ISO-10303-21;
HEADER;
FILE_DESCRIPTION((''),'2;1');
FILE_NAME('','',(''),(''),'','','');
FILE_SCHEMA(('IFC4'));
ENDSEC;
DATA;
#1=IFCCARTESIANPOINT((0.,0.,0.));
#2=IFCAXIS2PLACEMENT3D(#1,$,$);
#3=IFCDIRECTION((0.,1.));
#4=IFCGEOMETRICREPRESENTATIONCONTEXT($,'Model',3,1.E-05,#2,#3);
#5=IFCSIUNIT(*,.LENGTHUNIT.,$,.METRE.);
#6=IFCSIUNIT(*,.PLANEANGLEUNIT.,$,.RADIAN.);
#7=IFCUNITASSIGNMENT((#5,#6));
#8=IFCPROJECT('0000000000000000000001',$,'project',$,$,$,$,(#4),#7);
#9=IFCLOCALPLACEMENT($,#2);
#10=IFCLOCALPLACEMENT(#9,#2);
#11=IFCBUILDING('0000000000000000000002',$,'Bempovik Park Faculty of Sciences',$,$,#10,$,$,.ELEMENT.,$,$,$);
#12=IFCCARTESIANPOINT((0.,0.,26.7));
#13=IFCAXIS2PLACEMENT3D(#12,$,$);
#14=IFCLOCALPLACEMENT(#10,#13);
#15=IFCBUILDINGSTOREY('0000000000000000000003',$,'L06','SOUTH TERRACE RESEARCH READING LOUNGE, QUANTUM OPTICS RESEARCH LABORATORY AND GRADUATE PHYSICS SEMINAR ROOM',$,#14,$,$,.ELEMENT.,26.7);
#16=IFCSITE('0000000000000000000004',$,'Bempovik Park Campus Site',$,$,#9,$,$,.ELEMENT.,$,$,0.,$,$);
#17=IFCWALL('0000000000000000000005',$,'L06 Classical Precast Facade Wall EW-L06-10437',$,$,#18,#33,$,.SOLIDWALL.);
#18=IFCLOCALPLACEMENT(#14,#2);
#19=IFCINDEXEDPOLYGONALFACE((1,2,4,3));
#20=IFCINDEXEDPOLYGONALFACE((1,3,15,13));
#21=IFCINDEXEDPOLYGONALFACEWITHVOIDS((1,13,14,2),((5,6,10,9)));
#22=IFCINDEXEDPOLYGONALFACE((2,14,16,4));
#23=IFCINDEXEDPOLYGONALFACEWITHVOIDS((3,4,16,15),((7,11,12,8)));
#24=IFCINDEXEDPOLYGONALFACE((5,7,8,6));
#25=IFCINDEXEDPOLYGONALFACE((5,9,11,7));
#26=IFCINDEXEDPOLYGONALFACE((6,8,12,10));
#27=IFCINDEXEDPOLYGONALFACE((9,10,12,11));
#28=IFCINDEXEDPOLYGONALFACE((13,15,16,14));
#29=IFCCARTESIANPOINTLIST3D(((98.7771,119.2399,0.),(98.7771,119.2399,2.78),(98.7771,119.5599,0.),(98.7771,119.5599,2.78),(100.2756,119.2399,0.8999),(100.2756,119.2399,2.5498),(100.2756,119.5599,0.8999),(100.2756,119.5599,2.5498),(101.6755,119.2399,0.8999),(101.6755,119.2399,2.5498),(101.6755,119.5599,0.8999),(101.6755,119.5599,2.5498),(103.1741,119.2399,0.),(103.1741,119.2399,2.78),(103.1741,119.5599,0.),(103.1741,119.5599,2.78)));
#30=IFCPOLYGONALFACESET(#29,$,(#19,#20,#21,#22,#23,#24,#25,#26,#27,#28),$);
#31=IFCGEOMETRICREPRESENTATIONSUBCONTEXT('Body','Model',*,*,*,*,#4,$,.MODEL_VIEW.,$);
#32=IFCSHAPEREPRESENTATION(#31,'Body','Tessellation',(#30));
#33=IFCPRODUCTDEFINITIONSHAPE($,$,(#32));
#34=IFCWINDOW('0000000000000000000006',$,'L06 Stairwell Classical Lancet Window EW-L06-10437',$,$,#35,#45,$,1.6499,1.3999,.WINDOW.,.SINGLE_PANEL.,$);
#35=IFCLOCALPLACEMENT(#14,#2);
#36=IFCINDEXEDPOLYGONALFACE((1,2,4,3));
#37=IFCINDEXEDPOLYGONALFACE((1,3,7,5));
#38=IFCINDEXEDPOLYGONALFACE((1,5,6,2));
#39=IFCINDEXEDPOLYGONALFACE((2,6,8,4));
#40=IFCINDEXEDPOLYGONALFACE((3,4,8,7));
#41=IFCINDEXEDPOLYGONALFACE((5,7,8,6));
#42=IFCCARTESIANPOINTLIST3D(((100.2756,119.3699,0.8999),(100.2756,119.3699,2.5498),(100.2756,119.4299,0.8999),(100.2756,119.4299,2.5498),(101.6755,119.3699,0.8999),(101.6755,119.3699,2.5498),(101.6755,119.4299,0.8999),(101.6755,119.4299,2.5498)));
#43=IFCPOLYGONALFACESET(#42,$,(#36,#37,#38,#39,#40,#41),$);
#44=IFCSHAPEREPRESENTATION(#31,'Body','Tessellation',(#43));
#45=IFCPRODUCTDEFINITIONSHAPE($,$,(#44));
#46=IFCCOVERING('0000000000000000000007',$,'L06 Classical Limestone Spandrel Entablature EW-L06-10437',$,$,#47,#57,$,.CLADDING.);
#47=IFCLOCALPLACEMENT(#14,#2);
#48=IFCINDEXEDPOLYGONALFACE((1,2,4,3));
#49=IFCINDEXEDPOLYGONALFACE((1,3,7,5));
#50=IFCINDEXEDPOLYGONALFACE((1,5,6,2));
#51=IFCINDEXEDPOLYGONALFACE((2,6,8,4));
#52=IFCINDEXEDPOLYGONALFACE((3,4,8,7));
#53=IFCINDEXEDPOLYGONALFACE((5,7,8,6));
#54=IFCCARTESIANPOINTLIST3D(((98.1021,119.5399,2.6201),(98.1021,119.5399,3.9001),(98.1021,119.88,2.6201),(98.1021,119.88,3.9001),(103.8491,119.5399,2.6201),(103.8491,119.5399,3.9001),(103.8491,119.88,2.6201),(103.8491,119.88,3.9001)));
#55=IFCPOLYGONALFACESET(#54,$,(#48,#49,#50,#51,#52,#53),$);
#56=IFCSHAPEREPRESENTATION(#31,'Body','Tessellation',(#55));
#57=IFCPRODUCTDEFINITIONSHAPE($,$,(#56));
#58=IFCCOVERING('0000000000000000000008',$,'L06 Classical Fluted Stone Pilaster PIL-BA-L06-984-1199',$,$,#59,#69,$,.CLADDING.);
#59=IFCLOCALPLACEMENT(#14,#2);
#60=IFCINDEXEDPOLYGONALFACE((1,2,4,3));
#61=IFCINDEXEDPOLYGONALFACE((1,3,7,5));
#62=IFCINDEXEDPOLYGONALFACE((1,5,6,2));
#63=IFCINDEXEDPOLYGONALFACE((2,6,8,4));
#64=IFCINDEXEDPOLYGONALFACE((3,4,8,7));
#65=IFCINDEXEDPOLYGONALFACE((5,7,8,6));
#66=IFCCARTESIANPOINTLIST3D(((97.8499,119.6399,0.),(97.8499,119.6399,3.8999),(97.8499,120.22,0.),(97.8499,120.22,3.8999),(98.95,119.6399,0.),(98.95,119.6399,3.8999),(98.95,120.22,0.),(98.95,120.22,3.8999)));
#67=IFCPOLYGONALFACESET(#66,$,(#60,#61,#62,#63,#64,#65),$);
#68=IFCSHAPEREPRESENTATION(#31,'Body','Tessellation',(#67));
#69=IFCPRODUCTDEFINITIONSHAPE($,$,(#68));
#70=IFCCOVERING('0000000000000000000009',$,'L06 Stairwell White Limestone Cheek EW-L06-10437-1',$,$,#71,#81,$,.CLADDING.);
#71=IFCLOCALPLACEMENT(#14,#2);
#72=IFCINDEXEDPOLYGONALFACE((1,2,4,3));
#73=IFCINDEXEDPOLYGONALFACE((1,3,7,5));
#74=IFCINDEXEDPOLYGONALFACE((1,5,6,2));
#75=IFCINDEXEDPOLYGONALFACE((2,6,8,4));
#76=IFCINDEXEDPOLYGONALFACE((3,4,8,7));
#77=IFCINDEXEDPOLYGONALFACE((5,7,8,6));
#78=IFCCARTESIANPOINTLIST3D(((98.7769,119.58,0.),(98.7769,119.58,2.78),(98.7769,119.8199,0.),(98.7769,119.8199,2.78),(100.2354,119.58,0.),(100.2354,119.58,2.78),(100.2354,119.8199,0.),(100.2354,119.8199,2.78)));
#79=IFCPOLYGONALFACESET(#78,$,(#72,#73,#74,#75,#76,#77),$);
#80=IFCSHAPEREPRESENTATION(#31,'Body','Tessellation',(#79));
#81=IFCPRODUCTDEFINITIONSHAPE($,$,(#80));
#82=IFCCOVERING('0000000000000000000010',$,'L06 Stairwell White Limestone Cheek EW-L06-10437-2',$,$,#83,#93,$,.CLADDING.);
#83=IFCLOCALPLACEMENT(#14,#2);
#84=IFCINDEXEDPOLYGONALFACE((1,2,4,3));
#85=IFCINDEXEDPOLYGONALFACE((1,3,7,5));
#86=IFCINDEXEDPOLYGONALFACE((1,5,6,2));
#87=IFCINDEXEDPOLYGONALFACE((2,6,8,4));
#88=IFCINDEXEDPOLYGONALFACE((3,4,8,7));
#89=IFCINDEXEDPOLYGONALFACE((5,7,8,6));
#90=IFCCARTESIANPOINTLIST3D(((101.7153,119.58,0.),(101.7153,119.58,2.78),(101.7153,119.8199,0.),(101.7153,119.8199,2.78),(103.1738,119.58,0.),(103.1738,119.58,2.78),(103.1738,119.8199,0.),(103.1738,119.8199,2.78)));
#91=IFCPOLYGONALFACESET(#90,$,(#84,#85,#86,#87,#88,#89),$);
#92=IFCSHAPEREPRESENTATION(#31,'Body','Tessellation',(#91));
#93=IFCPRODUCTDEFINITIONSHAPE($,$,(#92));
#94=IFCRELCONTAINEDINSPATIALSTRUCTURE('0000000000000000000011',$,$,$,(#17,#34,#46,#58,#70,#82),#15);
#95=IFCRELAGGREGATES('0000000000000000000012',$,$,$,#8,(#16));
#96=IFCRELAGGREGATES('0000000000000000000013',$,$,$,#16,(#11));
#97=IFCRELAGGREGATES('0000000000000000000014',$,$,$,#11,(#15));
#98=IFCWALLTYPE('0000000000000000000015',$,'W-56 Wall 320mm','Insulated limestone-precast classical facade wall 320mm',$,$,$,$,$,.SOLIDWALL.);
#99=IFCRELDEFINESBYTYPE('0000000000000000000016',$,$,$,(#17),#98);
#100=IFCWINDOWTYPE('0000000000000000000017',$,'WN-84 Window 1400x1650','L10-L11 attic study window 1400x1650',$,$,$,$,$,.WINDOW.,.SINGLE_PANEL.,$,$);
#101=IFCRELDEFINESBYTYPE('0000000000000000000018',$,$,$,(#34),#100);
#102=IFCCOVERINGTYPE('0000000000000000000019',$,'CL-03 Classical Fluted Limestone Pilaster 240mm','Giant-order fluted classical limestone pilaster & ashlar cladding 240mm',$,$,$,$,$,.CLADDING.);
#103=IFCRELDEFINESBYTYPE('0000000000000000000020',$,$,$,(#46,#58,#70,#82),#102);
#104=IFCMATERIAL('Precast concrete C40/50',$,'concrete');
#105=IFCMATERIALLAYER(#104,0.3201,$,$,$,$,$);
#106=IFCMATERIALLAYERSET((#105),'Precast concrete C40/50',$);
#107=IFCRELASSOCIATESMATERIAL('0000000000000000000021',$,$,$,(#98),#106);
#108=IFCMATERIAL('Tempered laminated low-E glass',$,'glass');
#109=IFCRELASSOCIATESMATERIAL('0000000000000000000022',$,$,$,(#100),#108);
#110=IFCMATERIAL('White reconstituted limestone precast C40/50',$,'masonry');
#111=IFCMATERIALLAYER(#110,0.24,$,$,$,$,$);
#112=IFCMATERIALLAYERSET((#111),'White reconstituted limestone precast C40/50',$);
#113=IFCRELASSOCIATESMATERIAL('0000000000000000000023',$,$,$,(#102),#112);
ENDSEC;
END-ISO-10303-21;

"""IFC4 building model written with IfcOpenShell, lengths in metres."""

from ifc_helpers import new_model, si_unit, direction, frame, frame_2d, origin, origin_2d, place, context, subcontext, project, spatial, rectangle, extrude, material, layer, layer_set, type_object, element, fill, save


model = new_model("IFC4")

# Units and contexts
model_context = context("Model", 3, precision=1e-05, world=origin(), true_north=direction((0.0, 1.0)))
body_context = subcontext(model_context, "Body", "Model", "MODEL_VIEW")
ifc_project = project(units=[si_unit("LENGTHUNIT", "METRE"), si_unit("PLANEANGLEUNIT", "RADIAN")], contexts=[model_context])

# Site, building, storey
site_placement = place(None, origin())
site = spatial("IfcSite", under=ifc_project, at=site_placement, Name="Bempovik Park Campus Site", CompositionType="ELEMENT", RefElevation=0.0)
building_placement = place(site_placement, origin())
building = spatial("IfcBuilding", under=site, at=building_placement, Name="Bempovik Park Faculty of Sciences", CompositionType="ELEMENT")
storey_placement = place(building_placement, frame((0.0, 0.0, 26.7)))
storey = spatial("IfcBuildingStorey", under=building, at=storey_placement, Name="L06", Description="SOUTH TERRACE RESEARCH READING LOUNGE, QUANTUM OPTICS RESEARCH LABORATORY AND GRADUATE PHYSICS SEMINAR ROOM", CompositionType="ELEMENT", Elevation=26.7)

# Shared definitions
ifc_material_1 = material(Name="Tempered laminated low-E glass", Category="glass")

# Wall, opening, window
ifc_material_2 = material(Name="Precast concrete C40/50", Category="concrete")
ifc_layer_1 = layer(ifc_material_2, 0.3201)
ifc_layer_set_1 = layer_set([ifc_layer_1], Name="Precast concrete C40/50")
wall_type_1 = type_object("IfcWallType", Name="W-56 Wall 320mm", Description="Insulated limestone-precast classical facade wall 320mm", PredefinedType="SOLIDWALL", material=ifc_layer_set_1)
wall_1_placement = place(storey_placement, frame((98.7771, 119.3999, 0.0), z_axis=(0.0, 0.0, 1.0), x_axis=(1.0, 0.0, 0.0)))
wall_1 = element("IfcWall", 1, at=wall_1_placement, inside=storey, type_object=wall_type_1, Name="L06 Classical Precast Facade Wall EW-L06-10437", PredefinedType="SOLIDWALL", context=body_context, shape_type="SweptSolid", body=[
    extrude(rectangle(XDim=4.397, YDim=0.3201, at=frame_2d((2.1985, 0.0))), origin(), (0.0, 0.0, 1.0), 2.78),
])
opening_1_placement = place(wall_1_placement, frame((1.4985, 0.0, 0.8999)))
opening_1 = element("IfcOpeningElement", 2, at=opening_1_placement, cuts=wall_1, PredefinedType="OPENING", context=body_context, shape_type="SweptSolid", body=[
    extrude(rectangle(XDim=1.3999, YDim=1.6499, at=frame_2d((0.7, 0.825))), frame((0.0, 0.1699, 0.0), z_axis=(0.0, -1.0, 0.0), x_axis=(1.0, 0.0, 0.0)), (0.0, 0.0, 1.0), 0.3401),
])
window_type = type_object("IfcWindowType", Name="WN-84 Window 1400x1650", Description="L10-L11 attic study window 1400x1650", PartitioningType="SINGLE_PANEL", PredefinedType="WINDOW", material=ifc_material_1)
window_placement = place(opening_1_placement, origin())
window = element("IfcWindow", 3, at=window_placement, inside=storey, type_object=window_type, Name="L06 Stairwell Classical Lancet Window EW-L06-10437", OverallHeight=1.6499, OverallWidth=1.3999, PartitioningType="SINGLE_PANEL", PredefinedType="WINDOW", context=body_context, shape_type="SweptSolid", body=[
    extrude(rectangle(XDim=1.3999, YDim=1.6499, at=frame_2d((0.7, 0.825))), frame((0.0, 0.03, 0.0), z_axis=(0.0, -1.0, 0.0), x_axis=(1.0, 0.0, 0.0)), (0.0, 0.0, 1.0), 0.0601),
])
fill(opening_1, window)

# Coverings
ifc_material_3 = material(Name="White reconstituted limestone precast C40/50", Category="masonry")
ifc_layer_2 = layer(ifc_material_3, 0.24)
ifc_layer_set_2 = layer_set([ifc_layer_2], Name="White reconstituted limestone precast C40/50")
covering_type = type_object("IfcCoveringType", Name="CL-03 Classical Fluted Limestone Pilaster 240mm", Description="Giant-order fluted classical limestone pilaster & ashlar cladding 240mm", PredefinedType="CLADDING", material=ifc_layer_set_2)
covering_1_placement = place(storey_placement, frame((100.9756, 119.71, 2.6201), z_axis=(0.0, 0.0, 1.0), x_axis=(1.0, 0.0, 0.0)))
element("IfcCovering", 4, at=covering_1_placement, inside=storey, type_object=covering_type, Name="L06 Classical Limestone Spandrel Entablature EW-L06-10437", PredefinedType="CLADDING", context=body_context, shape_type="SweptSolid", body=[
    extrude(rectangle(XDim=5.7471, YDim=0.3401, at=origin_2d()), origin(), (0.0, 0.0, 1.0), 1.28),
])
covering_2_placement = place(storey_placement, frame((98.3999, 119.9299, 0.0), z_axis=(0.0, 0.0, 1.0), x_axis=(1.0, 0.0, 0.0)))
element("IfcCovering", 5, at=covering_2_placement, inside=storey, type_object=covering_type, Name="L06 Classical Fluted Stone Pilaster PIL-BA-L06-984-1199", PredefinedType="CLADDING", context=body_context, shape_type="SweptSolid", body=[
    extrude(rectangle(XDim=1.1001, YDim=0.5801, at=origin_2d()), origin(), (0.0, 0.0, 1.0), 3.8999),
])
for number, where, z_axis, x_axis, name in (
    (6, (99.5061, 119.7, 0.0), (0.0, 0.0, 1.0), (1.0, 0.0, 0.0), "L06 Stairwell White Limestone Cheek EW-L06-10437-1"),
    (7, (102.4446, 119.7, 0.0), (0.0, 0.0, 1.0), (1.0, 0.0, 0.0), "L06 Stairwell White Limestone Cheek EW-L06-10437-2"),
):
    element("IfcCovering", number, at=place(storey_placement, frame(where, z_axis=z_axis, x_axis=x_axis)), inside=storey, type_object=covering_type, Name=name, PredefinedType="CLADDING", context=body_context, shape_type="SweptSolid", body=[
        extrude(rectangle(XDim=1.4585, YDim=0.24, at=origin_2d()), origin(), (0.0, 0.0, 1.0), 2.78),
    ])

save(model, "model.ifc")
